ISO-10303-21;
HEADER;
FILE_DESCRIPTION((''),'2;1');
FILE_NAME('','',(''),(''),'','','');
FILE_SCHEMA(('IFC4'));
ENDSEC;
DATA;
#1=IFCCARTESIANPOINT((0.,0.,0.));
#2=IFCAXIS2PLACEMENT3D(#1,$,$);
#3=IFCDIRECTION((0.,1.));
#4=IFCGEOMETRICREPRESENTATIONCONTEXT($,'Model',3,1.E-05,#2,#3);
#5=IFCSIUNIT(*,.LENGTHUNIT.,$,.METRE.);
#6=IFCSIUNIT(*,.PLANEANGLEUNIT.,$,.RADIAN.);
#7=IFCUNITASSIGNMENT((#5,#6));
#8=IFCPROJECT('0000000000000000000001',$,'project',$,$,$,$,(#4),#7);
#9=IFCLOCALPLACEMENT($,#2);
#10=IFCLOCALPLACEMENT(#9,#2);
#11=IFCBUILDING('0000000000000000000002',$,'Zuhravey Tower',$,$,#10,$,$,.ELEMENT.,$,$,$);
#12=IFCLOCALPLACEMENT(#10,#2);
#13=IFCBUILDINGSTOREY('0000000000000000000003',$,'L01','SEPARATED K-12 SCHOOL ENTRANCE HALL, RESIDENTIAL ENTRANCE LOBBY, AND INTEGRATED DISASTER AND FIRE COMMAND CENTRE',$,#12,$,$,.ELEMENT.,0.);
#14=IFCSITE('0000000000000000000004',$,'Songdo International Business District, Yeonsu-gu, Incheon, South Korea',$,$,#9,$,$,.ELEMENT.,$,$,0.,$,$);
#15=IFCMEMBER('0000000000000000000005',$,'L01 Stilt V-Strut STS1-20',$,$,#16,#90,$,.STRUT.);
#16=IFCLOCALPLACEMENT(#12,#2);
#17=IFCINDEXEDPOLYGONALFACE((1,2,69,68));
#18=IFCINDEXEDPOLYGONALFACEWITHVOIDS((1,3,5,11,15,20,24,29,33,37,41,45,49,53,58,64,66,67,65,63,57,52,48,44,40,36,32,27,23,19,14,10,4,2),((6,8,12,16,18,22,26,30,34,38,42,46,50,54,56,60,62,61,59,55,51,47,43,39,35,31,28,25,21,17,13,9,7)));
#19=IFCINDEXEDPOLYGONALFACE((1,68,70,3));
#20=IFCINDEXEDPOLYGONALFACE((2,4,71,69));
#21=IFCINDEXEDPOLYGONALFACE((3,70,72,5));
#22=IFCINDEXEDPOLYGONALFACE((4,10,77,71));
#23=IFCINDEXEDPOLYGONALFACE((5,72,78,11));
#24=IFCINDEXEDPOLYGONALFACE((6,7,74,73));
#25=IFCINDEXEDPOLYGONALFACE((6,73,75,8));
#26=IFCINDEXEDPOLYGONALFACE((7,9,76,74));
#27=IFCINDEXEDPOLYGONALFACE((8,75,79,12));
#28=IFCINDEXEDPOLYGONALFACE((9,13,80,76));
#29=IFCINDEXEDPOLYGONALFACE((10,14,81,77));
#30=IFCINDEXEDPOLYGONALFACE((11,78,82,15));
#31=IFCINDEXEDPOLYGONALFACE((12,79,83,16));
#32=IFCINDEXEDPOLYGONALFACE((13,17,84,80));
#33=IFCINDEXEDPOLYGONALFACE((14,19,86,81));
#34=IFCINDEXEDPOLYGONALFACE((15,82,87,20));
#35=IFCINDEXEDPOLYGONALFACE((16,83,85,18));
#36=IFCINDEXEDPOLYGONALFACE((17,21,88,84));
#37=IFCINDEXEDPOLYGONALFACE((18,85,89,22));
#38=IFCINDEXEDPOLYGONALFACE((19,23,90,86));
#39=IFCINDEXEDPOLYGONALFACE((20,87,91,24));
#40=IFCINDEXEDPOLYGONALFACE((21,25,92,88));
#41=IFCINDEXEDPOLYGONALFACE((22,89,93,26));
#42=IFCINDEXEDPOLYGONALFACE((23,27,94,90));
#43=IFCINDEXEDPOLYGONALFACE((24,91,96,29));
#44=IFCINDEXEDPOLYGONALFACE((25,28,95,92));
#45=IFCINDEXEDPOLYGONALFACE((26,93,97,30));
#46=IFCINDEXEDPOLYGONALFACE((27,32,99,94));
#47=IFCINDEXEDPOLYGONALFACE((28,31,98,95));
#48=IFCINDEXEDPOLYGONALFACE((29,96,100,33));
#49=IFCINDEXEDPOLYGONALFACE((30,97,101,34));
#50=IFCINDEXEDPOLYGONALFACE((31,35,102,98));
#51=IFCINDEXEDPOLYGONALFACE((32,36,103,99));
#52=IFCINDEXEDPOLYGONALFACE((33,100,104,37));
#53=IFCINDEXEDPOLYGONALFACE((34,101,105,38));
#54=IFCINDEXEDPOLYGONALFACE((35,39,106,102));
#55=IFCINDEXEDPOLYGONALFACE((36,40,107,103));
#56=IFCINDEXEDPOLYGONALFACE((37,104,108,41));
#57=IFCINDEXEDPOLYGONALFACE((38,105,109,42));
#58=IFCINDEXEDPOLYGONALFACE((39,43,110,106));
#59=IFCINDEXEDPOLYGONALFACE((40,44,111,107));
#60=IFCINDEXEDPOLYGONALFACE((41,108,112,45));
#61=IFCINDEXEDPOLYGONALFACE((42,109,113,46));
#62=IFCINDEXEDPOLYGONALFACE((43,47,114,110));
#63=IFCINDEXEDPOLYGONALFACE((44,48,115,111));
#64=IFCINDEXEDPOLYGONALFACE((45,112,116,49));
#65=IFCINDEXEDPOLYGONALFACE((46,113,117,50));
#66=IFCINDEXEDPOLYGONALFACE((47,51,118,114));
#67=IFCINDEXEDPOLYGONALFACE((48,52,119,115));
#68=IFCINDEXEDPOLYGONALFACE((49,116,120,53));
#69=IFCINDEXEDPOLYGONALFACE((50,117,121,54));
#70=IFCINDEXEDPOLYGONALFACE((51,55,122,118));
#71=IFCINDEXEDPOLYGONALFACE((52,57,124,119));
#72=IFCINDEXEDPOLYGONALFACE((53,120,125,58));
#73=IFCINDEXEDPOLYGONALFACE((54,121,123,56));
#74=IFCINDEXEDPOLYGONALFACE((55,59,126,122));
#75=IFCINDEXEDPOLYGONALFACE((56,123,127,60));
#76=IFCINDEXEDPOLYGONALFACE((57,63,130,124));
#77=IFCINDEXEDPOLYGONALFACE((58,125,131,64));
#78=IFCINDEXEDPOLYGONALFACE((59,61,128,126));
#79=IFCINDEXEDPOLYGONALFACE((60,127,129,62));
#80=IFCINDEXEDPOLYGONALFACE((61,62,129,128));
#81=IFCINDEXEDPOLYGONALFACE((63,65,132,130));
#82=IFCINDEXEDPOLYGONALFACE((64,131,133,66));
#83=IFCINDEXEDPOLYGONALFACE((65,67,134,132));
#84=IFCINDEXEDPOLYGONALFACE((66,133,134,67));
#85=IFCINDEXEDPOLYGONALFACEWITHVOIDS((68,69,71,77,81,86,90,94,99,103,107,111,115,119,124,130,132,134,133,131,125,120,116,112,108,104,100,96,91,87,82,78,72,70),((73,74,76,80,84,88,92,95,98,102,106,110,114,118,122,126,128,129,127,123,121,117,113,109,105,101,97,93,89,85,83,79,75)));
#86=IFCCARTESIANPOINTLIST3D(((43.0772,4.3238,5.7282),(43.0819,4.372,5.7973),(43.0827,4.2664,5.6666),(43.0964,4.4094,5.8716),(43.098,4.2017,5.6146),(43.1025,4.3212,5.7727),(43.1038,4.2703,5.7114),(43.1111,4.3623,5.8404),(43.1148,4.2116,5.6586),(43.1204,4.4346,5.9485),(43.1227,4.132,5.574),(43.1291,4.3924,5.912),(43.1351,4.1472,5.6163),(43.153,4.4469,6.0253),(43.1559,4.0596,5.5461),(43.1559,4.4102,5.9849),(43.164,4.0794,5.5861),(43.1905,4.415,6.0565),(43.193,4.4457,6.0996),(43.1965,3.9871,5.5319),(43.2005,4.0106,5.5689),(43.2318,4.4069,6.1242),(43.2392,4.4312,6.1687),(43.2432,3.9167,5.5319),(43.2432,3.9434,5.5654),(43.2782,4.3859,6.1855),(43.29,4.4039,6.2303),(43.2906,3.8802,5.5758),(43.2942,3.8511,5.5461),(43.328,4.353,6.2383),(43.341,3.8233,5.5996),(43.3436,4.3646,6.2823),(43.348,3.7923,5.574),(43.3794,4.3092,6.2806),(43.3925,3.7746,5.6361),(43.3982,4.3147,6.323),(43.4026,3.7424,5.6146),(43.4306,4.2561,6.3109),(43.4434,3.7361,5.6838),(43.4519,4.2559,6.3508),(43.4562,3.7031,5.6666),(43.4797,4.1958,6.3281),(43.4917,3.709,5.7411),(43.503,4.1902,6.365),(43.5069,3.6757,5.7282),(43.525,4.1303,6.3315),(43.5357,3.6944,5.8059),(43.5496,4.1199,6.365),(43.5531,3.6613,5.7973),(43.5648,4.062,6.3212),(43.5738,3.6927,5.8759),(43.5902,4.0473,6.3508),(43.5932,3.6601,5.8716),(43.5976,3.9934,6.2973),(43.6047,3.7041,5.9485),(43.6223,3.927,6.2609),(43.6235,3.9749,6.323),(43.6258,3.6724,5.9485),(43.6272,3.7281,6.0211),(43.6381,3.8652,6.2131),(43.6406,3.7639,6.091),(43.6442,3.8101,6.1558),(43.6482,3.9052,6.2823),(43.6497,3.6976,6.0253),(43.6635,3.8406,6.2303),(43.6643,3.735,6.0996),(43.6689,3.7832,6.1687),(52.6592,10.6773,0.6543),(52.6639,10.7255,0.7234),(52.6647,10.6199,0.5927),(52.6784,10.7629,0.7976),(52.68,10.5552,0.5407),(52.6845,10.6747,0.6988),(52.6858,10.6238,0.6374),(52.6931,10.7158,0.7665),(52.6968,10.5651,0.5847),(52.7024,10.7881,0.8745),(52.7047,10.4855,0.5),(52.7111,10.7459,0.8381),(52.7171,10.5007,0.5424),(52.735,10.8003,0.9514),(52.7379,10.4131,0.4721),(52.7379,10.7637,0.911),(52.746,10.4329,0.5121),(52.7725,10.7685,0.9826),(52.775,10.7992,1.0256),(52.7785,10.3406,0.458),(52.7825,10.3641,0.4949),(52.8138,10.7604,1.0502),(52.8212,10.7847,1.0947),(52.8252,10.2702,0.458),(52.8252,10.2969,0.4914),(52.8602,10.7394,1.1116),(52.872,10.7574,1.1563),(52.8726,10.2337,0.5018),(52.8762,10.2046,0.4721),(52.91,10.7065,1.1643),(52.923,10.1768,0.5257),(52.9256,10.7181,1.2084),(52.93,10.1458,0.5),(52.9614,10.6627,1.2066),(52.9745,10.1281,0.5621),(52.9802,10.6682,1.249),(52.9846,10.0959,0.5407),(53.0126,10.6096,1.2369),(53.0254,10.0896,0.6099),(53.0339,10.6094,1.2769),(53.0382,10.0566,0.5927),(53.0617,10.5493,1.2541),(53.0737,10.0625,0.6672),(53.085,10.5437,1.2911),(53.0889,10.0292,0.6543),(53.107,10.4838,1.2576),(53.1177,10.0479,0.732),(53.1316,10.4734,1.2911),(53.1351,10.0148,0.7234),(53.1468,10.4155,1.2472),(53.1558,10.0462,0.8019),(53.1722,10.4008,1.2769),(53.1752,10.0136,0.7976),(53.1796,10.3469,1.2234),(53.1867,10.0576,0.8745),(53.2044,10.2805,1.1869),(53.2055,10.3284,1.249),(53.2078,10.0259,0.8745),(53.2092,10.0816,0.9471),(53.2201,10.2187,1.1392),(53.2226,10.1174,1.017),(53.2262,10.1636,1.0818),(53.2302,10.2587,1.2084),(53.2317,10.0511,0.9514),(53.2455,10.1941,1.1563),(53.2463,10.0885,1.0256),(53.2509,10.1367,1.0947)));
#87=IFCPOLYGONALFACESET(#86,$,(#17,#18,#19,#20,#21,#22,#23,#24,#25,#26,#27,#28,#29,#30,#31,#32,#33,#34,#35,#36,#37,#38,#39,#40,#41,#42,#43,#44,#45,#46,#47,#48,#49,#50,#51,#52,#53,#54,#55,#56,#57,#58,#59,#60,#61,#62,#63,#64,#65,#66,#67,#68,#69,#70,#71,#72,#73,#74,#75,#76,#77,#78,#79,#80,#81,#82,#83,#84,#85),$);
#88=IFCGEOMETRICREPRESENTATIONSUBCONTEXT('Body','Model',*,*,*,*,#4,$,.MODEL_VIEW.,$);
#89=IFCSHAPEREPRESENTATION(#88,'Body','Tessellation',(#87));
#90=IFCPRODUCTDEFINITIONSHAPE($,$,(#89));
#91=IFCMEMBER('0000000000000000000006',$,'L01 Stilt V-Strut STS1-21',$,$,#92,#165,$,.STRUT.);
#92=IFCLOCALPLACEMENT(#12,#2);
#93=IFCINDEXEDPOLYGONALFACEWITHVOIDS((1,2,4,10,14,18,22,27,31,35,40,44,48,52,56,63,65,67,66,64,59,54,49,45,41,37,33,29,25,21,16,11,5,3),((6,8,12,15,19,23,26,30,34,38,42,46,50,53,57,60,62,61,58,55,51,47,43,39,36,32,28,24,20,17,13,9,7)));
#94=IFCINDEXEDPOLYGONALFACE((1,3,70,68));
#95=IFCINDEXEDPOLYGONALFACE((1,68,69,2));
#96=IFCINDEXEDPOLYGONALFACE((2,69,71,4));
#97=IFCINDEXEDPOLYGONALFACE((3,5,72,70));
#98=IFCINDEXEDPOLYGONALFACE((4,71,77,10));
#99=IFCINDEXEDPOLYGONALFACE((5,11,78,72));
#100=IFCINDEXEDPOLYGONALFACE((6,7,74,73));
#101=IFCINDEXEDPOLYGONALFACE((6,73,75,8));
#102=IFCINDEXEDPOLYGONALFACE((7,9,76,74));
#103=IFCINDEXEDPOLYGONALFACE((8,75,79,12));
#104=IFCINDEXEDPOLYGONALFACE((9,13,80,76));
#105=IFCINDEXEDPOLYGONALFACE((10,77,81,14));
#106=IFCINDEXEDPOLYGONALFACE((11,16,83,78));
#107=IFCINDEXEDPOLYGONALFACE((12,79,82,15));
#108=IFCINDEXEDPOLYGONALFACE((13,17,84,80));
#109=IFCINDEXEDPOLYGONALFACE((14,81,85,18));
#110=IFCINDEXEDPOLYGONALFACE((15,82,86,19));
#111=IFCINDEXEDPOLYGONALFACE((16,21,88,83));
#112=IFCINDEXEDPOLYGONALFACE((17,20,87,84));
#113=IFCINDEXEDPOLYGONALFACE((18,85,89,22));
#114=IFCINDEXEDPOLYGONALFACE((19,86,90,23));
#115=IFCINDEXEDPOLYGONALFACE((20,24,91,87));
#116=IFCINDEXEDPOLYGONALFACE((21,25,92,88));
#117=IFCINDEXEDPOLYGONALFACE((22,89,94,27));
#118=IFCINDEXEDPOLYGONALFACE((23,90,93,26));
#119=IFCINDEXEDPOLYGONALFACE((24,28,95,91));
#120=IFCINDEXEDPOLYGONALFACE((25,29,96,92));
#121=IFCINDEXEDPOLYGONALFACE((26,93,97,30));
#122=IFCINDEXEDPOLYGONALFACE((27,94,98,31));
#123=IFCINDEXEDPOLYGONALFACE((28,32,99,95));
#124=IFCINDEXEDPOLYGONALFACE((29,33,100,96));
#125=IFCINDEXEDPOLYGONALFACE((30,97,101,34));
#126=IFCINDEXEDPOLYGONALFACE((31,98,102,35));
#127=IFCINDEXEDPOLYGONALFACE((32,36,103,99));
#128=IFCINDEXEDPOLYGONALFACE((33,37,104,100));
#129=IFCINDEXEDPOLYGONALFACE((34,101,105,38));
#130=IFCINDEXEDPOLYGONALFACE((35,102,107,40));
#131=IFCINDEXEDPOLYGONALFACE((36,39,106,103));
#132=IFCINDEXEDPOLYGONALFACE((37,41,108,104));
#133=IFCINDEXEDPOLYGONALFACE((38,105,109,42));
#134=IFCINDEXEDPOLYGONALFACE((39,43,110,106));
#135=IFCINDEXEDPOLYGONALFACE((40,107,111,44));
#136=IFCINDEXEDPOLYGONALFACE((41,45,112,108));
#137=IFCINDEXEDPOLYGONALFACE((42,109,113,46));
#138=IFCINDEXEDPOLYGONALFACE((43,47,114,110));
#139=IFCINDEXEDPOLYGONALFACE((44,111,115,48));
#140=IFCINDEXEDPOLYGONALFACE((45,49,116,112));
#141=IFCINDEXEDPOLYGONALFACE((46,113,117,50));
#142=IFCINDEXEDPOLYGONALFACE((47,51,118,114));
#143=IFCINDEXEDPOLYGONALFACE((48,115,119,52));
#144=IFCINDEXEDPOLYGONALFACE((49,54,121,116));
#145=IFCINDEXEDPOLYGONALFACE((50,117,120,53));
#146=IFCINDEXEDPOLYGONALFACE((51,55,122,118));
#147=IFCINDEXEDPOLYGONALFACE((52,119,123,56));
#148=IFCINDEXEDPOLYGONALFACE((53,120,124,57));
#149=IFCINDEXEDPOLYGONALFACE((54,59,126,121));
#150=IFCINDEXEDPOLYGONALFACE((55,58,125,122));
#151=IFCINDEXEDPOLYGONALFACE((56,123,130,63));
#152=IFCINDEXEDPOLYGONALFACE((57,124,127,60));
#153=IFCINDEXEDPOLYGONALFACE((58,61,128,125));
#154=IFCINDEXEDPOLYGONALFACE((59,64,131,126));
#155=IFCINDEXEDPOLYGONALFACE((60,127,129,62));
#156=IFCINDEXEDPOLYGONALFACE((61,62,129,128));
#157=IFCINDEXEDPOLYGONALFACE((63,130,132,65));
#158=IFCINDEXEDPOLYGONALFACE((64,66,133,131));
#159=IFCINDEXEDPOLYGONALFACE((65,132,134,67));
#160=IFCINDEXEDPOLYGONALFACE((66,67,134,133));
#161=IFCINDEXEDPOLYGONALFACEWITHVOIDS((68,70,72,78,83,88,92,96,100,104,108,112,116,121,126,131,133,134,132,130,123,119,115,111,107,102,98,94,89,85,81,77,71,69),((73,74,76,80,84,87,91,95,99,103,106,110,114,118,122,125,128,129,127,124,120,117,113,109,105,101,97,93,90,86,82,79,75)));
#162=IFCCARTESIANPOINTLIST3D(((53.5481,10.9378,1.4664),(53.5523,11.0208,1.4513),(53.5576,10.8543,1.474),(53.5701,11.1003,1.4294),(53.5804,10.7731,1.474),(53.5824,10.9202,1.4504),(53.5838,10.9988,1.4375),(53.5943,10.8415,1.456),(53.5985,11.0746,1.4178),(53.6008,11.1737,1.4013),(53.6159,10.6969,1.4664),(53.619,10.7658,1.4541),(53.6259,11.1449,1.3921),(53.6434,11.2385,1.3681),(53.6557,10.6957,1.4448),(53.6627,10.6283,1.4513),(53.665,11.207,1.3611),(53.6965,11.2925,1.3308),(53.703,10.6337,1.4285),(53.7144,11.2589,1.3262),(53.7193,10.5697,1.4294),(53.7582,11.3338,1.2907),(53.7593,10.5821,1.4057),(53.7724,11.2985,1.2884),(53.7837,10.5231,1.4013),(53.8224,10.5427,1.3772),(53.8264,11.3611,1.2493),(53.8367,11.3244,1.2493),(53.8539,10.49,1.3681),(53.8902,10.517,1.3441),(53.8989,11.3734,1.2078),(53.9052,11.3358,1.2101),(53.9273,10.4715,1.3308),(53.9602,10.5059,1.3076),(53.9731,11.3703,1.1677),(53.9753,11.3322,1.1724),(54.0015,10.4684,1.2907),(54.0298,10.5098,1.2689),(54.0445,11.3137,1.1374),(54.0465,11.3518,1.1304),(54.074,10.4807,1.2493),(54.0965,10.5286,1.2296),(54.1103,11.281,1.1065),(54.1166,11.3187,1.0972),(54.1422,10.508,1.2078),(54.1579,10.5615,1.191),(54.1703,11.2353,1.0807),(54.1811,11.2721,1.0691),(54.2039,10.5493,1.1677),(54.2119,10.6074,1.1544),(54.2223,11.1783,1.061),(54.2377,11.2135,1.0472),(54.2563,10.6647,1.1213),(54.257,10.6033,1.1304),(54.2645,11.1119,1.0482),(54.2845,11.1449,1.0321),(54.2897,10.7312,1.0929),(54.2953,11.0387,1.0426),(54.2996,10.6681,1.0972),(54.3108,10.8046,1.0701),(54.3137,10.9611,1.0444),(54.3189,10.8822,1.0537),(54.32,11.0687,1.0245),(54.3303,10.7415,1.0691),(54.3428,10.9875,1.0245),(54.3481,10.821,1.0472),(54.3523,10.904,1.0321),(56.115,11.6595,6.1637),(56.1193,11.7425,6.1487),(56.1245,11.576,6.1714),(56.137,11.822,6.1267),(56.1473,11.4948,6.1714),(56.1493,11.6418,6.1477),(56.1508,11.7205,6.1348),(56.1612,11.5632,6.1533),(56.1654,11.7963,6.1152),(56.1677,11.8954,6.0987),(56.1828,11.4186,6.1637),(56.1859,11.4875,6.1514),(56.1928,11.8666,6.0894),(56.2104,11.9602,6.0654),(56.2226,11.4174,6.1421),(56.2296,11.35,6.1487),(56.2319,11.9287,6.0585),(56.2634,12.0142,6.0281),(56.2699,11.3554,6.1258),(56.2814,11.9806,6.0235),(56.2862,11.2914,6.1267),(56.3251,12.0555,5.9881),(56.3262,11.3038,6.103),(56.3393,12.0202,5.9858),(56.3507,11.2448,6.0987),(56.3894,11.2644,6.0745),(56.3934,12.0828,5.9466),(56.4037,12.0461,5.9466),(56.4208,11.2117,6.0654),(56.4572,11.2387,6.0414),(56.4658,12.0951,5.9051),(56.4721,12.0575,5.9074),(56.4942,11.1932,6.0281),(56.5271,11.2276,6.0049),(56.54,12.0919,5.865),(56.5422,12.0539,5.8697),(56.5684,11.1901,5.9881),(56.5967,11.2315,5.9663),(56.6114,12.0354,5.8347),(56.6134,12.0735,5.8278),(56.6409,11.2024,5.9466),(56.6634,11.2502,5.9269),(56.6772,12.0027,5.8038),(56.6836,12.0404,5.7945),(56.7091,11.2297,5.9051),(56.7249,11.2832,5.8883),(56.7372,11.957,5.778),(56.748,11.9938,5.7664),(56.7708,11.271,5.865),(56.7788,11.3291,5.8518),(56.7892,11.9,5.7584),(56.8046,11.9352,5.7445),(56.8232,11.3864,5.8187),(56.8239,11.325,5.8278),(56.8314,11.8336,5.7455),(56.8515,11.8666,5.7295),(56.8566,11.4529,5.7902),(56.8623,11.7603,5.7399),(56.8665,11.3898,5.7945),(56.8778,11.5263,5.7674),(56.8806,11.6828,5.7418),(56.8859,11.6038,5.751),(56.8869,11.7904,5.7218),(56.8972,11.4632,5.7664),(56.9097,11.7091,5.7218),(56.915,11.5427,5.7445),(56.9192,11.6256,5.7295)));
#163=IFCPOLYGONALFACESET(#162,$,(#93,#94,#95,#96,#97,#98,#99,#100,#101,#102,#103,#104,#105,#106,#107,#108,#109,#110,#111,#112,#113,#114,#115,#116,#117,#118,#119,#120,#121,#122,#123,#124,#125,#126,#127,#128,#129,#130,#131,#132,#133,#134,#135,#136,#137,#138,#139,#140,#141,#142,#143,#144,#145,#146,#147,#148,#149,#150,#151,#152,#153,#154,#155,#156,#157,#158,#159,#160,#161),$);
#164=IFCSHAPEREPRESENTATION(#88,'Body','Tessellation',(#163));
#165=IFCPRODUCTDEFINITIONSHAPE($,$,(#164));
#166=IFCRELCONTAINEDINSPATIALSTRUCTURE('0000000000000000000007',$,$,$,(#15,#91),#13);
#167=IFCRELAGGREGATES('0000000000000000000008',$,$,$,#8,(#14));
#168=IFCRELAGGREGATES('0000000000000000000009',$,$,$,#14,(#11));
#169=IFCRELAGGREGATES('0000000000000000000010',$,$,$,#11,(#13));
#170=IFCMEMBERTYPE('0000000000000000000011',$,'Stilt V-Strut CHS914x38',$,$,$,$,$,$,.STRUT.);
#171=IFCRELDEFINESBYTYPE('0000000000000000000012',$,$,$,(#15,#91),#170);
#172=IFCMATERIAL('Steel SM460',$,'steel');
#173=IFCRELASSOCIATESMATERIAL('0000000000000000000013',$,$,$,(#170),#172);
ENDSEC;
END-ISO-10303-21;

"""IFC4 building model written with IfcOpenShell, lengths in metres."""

from ifc_helpers import new_model, si_unit, direction, frame, origin, origin_2d, place, context, subcontext, project, spatial, hollow_circle, extrude, material, material_profile, profile_set, type_object, element, save


model = new_model("IFC4")

# Units and contexts
model_context = context("Model", 3, precision=1e-05, world=origin(), true_north=direction((0.0, 1.0)))
body_context = subcontext(model_context, "Body", "Model", "MODEL_VIEW")
ifc_project = project(units=[si_unit("LENGTHUNIT", "METRE"), si_unit("PLANEANGLEUNIT", "RADIAN")], contexts=[model_context])

# Site, building, storey
site_placement = place(None, origin())
site = spatial("IfcSite", under=ifc_project, at=site_placement, Name="Songdo International Business District, Yeonsu-gu, Incheon, South Korea", CompositionType="ELEMENT", RefElevation=0.0)
building_placement = place(site_placement, origin())
building = spatial("IfcBuilding", under=site, at=building_placement, Name="Zuhravey Tower", CompositionType="ELEMENT")
storey_placement = place(building_placement, origin())
storey = spatial("IfcBuildingStorey", under=building, at=storey_placement, Name="L01", Description="SEPARATED K-12 SCHOOL ENTRANCE HALL, RESIDENTIAL ENTRANCE LOBBY, AND INTEGRATED DISASTER AND FIRE COMMAND CENTRE", CompositionType="ELEMENT", Elevation=0.0)

# Shared definitions
ifc_material_1 = material(Name="Steel SM460", Category="steel")

# Members
ifc_material_profile_1 = material_profile(ifc_material_1, hollow_circle(Radius=0.4573, WallThickness=0.0381, at=origin_2d()), Name="CHS-914.4x38")
ifc_profile_set_1 = profile_set([ifc_material_profile_1], Name="Steel SM460")
member_type = type_object("IfcMemberType", Name="Stilt V-Strut CHS914x38", PredefinedType="STRUT", material=ifc_profile_set_1)
member_1_placement = place(storey_placement, frame((52.9551, 10.407, 0.8745), z_axis=(-0.76248, -0.505574, 0.403756), x_axis=(0.552621, -0.833433, 0.0)))
element("IfcMember", 1, at=member_1_placement, inside=storey, type_object=member_type, Name="L01 Stilt V-Strut STS1-20", PredefinedType="STRUT", context=body_context, shape_type="SweptSolid", body=[
    extrude(hollow_circle(Radius=0.4573, WallThickness=0.0381, at=origin_2d()), origin(), (0.0, 0.0, 1.0), 12.5669),
])
member_2_placement = place(storey_placement, frame((53.9502, 10.9209, 1.2493), z_axis=(0.475236, 0.133612, 0.869654), x_axis=(-0.270655, 0.962676, 0.0)))
element("IfcMember", 2, at=member_2_placement, inside=storey, type_object=member_type, Name="L01 Stilt V-Strut STS1-21", PredefinedType="STRUT", context=body_context, shape_type="SweptSolid", body=[
    extrude(hollow_circle(Radius=0.4573, WallThickness=0.0381, at=origin_2d()), origin(), (0.0, 0.0, 1.0), 5.4014),
])

save(model, "model.ifc")
